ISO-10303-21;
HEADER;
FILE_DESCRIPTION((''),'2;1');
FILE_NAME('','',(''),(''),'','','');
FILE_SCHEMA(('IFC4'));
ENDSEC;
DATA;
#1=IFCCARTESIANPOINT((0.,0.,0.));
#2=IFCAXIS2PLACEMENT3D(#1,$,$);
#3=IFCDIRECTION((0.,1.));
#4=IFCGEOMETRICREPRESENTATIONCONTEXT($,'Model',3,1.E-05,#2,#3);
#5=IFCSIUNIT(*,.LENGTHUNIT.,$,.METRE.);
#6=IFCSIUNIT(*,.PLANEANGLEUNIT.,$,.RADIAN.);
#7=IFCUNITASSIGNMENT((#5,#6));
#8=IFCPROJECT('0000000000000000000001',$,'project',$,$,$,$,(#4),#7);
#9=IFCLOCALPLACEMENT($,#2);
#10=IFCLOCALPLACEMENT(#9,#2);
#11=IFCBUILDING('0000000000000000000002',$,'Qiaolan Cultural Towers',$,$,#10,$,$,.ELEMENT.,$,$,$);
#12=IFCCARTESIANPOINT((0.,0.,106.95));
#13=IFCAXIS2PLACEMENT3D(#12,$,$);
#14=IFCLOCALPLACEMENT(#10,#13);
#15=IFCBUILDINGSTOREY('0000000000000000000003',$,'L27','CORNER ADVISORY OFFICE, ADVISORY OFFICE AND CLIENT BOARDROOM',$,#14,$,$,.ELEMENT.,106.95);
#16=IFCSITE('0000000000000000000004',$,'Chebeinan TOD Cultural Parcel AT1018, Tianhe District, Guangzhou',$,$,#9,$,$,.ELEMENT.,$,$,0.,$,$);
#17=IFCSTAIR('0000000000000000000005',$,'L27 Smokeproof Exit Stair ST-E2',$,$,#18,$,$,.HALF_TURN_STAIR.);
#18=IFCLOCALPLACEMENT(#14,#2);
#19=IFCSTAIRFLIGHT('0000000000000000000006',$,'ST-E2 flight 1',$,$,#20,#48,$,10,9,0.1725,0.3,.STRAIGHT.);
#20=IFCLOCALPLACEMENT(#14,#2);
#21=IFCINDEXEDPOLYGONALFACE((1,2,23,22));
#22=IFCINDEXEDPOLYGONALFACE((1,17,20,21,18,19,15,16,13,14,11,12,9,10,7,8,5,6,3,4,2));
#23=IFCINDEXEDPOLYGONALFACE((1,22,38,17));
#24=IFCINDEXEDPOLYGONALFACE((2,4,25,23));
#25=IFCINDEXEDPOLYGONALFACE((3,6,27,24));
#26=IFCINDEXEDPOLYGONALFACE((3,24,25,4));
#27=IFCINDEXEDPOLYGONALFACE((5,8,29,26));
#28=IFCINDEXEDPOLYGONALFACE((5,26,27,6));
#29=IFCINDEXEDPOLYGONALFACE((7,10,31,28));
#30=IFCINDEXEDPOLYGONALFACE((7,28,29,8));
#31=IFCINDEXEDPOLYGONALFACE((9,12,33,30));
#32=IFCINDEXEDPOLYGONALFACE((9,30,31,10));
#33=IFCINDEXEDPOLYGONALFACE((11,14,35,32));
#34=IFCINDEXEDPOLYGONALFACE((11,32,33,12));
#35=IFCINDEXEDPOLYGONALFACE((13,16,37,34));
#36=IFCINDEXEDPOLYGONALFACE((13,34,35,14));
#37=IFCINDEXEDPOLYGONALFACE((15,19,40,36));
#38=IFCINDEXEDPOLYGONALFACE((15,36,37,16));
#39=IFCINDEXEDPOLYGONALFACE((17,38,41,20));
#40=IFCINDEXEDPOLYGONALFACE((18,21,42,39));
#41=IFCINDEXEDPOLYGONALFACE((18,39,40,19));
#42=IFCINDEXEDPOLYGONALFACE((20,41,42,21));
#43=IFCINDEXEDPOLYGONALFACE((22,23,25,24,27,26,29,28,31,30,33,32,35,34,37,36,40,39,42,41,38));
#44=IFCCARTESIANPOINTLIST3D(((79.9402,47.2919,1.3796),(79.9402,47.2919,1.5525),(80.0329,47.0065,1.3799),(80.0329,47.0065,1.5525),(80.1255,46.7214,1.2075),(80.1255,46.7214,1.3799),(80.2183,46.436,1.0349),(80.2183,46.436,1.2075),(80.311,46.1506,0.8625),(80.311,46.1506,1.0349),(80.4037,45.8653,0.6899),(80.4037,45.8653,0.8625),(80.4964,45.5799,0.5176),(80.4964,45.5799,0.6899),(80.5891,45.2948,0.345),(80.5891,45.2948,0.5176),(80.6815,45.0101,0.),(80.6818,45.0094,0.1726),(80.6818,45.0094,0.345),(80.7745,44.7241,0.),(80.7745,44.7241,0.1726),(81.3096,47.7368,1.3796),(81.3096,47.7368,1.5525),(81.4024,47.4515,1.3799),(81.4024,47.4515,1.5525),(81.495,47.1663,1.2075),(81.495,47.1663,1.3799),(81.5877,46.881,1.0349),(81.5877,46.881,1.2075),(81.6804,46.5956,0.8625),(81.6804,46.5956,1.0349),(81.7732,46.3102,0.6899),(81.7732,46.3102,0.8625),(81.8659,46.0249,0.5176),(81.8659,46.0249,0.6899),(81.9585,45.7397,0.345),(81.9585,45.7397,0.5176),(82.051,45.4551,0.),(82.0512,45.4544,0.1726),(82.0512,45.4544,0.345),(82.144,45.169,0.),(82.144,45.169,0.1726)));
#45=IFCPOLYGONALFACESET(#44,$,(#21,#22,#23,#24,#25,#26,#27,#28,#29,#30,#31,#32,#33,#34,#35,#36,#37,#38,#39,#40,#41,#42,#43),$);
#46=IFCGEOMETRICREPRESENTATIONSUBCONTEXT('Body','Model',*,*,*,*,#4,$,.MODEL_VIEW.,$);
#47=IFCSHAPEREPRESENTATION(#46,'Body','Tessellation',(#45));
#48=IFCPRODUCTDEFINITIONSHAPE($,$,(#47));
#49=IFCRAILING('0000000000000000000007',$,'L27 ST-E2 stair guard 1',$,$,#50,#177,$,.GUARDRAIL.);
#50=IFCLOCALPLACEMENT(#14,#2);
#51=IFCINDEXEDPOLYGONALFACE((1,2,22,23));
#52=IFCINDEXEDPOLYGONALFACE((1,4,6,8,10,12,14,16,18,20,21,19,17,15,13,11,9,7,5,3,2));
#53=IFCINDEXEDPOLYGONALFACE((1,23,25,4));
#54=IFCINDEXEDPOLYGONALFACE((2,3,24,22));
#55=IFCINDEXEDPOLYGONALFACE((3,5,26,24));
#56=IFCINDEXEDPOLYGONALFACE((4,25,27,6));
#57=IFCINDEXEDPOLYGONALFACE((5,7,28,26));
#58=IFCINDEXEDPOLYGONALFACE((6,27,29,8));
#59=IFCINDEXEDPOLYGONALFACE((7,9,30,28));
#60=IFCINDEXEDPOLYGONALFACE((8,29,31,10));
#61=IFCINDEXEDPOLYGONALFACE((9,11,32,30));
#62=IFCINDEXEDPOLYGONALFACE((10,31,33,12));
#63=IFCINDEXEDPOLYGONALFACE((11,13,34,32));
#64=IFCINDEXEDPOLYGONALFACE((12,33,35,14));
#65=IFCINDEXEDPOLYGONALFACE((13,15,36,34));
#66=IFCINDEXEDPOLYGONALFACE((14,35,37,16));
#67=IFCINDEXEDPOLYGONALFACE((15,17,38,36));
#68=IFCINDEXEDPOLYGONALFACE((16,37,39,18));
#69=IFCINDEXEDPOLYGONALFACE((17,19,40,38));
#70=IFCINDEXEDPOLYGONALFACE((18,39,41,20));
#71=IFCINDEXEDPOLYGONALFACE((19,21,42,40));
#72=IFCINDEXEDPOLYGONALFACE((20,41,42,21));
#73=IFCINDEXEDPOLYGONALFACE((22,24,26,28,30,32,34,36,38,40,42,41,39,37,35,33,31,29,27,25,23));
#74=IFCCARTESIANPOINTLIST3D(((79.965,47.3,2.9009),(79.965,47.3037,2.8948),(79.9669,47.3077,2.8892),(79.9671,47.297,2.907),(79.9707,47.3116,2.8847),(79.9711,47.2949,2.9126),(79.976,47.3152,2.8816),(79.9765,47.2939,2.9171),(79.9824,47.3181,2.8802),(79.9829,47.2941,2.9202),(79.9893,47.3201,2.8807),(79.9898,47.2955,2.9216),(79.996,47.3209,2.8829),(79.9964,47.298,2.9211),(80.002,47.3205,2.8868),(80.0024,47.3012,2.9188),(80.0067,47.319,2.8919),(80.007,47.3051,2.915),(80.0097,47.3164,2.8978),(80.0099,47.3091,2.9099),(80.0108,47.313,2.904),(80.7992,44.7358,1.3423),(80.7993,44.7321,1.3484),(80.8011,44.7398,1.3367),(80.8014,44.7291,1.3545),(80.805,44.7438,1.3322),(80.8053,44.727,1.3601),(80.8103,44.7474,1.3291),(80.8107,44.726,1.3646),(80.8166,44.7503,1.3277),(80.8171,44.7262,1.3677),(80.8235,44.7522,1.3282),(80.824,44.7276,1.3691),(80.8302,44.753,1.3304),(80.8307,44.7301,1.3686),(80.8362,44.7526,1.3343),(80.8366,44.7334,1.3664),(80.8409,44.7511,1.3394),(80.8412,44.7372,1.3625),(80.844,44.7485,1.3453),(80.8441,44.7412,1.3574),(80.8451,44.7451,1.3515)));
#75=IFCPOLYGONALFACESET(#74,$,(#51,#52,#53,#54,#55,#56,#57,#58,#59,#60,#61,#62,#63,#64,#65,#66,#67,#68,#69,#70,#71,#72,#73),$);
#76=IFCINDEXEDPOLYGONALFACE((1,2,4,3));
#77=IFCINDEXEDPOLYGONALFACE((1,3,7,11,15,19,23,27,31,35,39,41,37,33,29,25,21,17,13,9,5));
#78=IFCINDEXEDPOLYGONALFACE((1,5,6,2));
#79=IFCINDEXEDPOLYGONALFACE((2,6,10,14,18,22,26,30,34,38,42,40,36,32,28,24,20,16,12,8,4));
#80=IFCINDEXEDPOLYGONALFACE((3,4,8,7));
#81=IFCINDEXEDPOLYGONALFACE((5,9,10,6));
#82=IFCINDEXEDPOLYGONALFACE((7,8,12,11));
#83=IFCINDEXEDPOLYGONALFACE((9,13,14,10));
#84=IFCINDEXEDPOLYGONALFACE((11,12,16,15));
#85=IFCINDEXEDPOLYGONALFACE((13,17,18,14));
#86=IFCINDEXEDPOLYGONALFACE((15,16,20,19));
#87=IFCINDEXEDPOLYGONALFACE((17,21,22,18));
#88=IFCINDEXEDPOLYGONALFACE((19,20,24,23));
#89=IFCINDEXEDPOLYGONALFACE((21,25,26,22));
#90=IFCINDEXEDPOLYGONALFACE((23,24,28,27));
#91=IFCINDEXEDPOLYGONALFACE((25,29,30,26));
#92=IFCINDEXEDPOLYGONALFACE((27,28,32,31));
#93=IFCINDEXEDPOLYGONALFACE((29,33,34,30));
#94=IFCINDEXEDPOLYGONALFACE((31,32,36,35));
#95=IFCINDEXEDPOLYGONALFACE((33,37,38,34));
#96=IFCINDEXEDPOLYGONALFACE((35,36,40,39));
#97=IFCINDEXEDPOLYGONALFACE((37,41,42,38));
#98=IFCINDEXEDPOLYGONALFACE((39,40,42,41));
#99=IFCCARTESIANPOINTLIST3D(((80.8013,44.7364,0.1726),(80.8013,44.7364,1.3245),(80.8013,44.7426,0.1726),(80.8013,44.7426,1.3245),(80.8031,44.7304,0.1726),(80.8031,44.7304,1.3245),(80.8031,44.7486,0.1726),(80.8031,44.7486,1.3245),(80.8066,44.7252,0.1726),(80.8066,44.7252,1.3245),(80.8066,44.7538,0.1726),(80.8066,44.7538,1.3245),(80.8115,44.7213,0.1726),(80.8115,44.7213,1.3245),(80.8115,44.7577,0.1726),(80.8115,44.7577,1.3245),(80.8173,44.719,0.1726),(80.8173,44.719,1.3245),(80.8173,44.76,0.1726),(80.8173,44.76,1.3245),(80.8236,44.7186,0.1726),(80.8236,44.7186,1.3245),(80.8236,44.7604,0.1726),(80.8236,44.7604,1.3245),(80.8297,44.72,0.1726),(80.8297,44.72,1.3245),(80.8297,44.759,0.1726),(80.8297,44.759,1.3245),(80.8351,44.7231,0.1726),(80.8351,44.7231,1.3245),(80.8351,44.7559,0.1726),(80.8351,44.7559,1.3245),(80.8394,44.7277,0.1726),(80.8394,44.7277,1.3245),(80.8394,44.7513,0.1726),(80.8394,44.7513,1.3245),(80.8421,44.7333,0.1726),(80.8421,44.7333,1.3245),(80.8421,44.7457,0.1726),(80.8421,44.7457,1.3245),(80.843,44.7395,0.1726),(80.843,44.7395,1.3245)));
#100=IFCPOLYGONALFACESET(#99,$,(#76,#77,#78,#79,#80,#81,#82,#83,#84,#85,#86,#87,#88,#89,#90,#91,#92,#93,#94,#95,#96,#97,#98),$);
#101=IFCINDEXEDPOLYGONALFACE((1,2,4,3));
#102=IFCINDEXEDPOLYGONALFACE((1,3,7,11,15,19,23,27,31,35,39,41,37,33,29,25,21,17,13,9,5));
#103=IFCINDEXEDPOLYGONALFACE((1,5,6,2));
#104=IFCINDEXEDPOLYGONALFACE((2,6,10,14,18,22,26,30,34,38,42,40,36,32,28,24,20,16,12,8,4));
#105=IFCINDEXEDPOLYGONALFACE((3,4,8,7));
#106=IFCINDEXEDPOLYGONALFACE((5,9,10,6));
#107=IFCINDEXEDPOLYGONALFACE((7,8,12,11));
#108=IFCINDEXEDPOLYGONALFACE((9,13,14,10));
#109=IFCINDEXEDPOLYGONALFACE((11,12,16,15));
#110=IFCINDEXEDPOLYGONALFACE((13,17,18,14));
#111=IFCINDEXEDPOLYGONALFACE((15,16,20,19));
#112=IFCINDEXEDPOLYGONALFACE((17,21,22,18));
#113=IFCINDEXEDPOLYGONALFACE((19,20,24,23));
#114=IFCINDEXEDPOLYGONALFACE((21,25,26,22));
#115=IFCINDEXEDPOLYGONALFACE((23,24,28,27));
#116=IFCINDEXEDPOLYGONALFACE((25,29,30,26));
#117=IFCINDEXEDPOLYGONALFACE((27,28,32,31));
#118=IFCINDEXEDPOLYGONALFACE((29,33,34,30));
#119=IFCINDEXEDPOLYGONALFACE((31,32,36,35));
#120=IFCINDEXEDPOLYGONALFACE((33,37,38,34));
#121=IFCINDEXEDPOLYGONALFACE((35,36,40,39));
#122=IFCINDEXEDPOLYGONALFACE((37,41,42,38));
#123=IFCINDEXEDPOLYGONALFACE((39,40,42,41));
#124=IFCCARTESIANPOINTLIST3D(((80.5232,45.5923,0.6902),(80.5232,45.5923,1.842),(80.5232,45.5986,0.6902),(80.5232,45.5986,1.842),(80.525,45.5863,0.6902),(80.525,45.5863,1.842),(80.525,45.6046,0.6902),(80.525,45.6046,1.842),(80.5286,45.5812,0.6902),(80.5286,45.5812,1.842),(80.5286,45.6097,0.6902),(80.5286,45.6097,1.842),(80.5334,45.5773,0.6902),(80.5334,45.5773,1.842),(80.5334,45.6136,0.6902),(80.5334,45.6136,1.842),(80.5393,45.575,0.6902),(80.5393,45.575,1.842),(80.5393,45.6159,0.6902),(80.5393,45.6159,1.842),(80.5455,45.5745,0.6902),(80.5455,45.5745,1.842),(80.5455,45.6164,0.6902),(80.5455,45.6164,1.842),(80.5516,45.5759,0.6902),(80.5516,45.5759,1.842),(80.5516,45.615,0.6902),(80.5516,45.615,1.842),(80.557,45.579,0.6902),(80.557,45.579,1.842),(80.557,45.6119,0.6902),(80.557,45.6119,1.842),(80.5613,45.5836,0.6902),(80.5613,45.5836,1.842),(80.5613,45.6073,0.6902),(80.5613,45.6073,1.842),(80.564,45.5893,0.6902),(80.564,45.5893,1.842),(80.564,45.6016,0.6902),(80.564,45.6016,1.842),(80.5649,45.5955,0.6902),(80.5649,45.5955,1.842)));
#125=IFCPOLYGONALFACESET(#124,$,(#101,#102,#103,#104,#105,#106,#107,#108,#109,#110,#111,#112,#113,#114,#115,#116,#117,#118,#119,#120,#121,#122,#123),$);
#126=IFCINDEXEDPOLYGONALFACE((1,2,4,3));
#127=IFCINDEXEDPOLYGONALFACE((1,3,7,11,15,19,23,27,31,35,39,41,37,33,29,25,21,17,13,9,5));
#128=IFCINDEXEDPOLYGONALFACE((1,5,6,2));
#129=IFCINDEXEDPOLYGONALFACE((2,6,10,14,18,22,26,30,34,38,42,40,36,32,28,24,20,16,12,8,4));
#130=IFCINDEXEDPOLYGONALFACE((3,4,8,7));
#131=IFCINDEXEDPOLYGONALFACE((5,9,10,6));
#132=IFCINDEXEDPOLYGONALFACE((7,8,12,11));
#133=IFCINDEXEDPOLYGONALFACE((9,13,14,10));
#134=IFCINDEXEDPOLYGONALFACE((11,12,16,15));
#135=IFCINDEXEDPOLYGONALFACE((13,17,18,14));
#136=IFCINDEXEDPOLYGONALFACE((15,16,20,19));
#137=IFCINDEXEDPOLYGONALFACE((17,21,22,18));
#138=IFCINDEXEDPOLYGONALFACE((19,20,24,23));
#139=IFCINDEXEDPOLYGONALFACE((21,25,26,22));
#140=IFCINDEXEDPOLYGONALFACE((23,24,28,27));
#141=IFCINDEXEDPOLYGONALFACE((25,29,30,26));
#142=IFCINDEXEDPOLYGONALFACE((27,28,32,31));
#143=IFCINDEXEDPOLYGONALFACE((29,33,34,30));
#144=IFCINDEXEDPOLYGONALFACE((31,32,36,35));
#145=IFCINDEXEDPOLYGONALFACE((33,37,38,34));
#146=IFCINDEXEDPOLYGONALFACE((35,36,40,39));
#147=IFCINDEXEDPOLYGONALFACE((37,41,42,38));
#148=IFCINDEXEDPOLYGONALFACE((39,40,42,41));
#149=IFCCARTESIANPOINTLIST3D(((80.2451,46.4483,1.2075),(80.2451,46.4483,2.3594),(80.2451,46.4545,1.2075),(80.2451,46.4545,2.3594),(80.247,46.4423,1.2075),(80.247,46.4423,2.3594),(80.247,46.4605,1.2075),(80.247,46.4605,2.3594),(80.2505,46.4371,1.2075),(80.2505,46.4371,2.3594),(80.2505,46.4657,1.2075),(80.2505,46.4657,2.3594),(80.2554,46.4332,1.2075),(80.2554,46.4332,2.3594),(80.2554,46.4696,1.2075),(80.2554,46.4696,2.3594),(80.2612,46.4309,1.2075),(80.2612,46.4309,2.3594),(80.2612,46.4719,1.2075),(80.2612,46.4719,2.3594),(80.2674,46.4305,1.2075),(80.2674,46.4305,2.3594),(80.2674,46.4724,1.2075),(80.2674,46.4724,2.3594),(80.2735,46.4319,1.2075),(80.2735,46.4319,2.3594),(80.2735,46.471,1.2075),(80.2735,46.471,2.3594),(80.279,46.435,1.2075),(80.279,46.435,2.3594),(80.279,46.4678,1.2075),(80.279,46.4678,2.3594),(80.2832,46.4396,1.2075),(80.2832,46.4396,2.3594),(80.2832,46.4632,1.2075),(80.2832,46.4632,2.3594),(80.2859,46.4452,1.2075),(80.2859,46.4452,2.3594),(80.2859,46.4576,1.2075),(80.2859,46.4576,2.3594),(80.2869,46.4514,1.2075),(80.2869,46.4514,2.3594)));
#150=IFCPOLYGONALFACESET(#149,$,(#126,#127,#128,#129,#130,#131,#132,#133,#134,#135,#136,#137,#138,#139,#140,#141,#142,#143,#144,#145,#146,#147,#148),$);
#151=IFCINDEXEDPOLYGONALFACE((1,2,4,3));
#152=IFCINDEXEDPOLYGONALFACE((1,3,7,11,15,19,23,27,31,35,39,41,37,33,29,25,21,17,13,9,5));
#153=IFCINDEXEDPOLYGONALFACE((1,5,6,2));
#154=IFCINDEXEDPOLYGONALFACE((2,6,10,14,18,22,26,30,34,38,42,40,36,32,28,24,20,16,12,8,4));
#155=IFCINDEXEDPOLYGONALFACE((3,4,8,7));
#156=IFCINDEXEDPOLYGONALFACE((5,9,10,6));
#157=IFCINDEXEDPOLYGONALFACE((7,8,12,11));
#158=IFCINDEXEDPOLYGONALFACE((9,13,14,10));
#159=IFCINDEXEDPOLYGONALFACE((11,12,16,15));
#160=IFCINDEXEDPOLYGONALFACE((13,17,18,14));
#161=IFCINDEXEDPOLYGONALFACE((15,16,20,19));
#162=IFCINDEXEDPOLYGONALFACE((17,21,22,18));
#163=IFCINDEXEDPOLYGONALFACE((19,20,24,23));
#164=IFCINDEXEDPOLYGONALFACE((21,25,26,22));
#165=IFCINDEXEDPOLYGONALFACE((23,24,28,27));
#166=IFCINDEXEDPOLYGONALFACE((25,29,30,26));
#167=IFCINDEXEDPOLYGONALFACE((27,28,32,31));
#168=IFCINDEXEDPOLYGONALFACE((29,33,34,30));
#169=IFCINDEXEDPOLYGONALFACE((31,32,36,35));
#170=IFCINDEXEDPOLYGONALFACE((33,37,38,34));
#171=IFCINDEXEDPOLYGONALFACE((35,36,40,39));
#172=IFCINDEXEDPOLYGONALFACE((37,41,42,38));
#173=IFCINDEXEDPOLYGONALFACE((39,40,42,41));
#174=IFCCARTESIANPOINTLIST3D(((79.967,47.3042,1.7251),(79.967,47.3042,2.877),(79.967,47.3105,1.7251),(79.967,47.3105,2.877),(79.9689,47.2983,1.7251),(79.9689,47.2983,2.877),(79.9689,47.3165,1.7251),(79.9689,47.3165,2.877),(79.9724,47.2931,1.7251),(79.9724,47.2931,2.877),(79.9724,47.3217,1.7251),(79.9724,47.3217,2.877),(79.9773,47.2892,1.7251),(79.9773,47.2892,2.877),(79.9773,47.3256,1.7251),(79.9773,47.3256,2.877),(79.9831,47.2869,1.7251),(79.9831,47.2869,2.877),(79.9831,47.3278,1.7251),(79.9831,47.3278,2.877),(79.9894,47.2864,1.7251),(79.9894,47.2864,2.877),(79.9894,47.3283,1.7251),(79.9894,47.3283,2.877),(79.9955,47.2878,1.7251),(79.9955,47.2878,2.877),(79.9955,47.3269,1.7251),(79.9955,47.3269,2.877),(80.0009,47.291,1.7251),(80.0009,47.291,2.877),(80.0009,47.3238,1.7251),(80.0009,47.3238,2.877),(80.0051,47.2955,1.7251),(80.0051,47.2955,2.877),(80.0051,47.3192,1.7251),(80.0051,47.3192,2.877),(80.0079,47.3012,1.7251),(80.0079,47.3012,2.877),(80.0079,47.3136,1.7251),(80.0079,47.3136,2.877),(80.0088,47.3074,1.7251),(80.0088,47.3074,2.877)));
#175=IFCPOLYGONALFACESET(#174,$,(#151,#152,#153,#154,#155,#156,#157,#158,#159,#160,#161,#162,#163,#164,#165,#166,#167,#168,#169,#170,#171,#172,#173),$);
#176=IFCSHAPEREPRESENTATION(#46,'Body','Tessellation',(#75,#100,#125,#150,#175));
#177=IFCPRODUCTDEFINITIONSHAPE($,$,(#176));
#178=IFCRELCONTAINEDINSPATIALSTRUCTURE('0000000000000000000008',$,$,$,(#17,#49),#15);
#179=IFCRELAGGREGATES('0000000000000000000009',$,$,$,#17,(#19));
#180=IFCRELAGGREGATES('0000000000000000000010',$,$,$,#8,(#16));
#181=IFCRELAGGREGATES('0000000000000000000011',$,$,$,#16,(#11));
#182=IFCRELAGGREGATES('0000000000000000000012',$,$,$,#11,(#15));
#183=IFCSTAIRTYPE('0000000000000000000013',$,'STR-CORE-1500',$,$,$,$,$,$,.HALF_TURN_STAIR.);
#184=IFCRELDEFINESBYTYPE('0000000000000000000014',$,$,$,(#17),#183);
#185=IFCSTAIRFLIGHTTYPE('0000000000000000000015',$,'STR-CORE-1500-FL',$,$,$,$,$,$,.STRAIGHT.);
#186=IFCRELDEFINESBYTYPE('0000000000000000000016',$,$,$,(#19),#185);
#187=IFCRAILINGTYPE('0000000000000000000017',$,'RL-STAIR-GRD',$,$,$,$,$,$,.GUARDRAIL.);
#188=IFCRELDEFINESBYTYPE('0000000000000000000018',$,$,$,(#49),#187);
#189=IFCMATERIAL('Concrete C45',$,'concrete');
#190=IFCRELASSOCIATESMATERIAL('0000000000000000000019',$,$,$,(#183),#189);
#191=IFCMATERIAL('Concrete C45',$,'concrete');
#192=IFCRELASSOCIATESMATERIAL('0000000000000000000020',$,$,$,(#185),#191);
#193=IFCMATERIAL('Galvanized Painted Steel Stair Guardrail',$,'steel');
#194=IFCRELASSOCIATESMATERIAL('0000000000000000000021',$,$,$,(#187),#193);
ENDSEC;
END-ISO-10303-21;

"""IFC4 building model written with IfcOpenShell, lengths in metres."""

from ifc_helpers import new_model, si_unit, direction, frame, origin, origin_2d, place, context, subcontext, project, spatial, polyline, circle, outline, extrude, material, type_object, element, aggregate, save


model = new_model("IFC4")

# Units and contexts
model_context = context("Model", 3, precision=1e-05, world=origin(), true_north=direction((0.0, 1.0)))
body_context = subcontext(model_context, "Body", "Model", "MODEL_VIEW")
ifc_project = project(units=[si_unit("LENGTHUNIT", "METRE"), si_unit("PLANEANGLEUNIT", "RADIAN")], contexts=[model_context])

# Site, building, storey
site_placement = place(None, origin())
site = spatial("IfcSite", under=ifc_project, at=site_placement, Name="Chebeinan TOD Cultural Parcel AT1018, Tianhe District, Guangzhou", CompositionType="ELEMENT", RefElevation=0.0)
building_placement = place(site_placement, origin())
building = spatial("IfcBuilding", under=site, at=building_placement, Name="Qiaolan Cultural Towers", CompositionType="ELEMENT")
storey_placement = place(building_placement, frame((0.0, 0.0, 106.95)))
storey = spatial("IfcBuildingStorey", under=building, at=storey_placement, Name="L27", Description="CORNER ADVISORY OFFICE, ADVISORY OFFICE AND CLIENT BOARDROOM", CompositionType="ELEMENT", Elevation=106.95)

# Stair, stair flight
ifc_material_1 = material(Name="Concrete C45", Category="concrete")
stair_type = type_object("IfcStairType", Name="STR-CORE-1500", PredefinedType="HALF_TURN_STAIR", material=ifc_material_1)
stair_placement = place(storey_placement, origin())
stair = element("IfcStair", 1, at=stair_placement, inside=storey, type_object=stair_type, Name="L27 Smokeproof Exit Stair ST-E2", PredefinedType="HALF_TURN_STAIR")
ifc_material_2 = material(Name="Concrete C45", Category="concrete")
stair_flight_type = type_object("IfcStairFlightType", Name="STR-CORE-1500-FL", PredefinedType="STRAIGHT", material=ifc_material_2)
stair_flight_placement = place(storey_placement, frame((81.4592, 44.9465, 0.0), z_axis=(0.0, 0.0, 1.0), x_axis=(-0.309017, 0.951057, 0.0)))
stair_flight = element("IfcStairFlight", 2, at=stair_flight_placement, type_object=stair_flight_type, Name="ST-E2 flight 1", NumberOfRisers=10, NumberOfTreads=9, PredefinedType="STRAIGHT", RiserHeight=0.1725, TreadLength=0.3, context=body_context, shape_type="SweptSolid", body=[
    extrude(outline(polyline([(0.0, 0.0), (0.0, 0.1726), (0.3, 0.1726), (0.3, 0.345), (0.6001, 0.345), (0.6001, 0.5176), (0.8999, 0.5176), (0.8999, 0.6899), (1.2, 0.6899), (1.2, 0.8625), (1.5, 0.8625), (1.5, 1.0349), (1.8, 1.0349), (1.8, 1.2075), (2.1001, 1.2075), (2.1001, 1.3799), (2.3999, 1.3799), (2.3999, 1.5525), (2.7, 1.5525), (2.7, 1.7251), (2.7, 1.3796), (0.3008, 0.0), (0.0, 0.0)])), frame((0.0, 0.72, 0.0), z_axis=(0.0, -1.0, 0.0), x_axis=(1.0, 0.0, 0.0)), (0.0, 0.0, 1.0), 1.4399),
])
aggregate(stair, [stair_flight])

# Railing
ifc_material_3 = material(Name="Galvanized Painted Steel Stair Guardrail", Category="steel")
railing_type_1 = type_object("IfcRailingType", Name="RL-STAIR-GRD", PredefinedType="GUARDRAIL", material=ifc_material_3)
railing_1_placement = place(storey_placement, frame((80.822, 44.7395, 0.1726)))
element("IfcRailing", 3, at=railing_1_placement, inside=storey, type_object=railing_type_1, Name="L27 ST-E2 stair guard 1", PredefinedType="GUARDRAIL", context=body_context, shape_type="SweptSolid", body=[
    extrude(circle(Radius=0.0239, at=origin_2d()), frame((0.0, 0.0, 1.1758), z_axis=(-0.267853, 0.824488, 0.498471), x_axis=(-0.95107, -0.308976, 0.0)), (0.0, 0.0, 1.0), 3.1145),
    extrude(circle(Radius=0.021, at=origin_2d()), origin(), (0.0, 0.0, 1.0), 1.1519),
    extrude(circle(Radius=0.021, at=origin_2d()), frame((-0.2781, 0.856, 0.5176)), (0.0, 0.0, 1.0), 1.1519),
    extrude(circle(Radius=0.021, at=origin_2d()), frame((-0.5562, 1.7119, 1.0349)), (0.0, 0.0, 1.0), 1.1519),
    extrude(circle(Radius=0.021, at=origin_2d()), frame((-0.8342, 2.5679, 1.5525)), (0.0, 0.0, 1.0), 1.1519),
])

save(model, "model.ifc")
